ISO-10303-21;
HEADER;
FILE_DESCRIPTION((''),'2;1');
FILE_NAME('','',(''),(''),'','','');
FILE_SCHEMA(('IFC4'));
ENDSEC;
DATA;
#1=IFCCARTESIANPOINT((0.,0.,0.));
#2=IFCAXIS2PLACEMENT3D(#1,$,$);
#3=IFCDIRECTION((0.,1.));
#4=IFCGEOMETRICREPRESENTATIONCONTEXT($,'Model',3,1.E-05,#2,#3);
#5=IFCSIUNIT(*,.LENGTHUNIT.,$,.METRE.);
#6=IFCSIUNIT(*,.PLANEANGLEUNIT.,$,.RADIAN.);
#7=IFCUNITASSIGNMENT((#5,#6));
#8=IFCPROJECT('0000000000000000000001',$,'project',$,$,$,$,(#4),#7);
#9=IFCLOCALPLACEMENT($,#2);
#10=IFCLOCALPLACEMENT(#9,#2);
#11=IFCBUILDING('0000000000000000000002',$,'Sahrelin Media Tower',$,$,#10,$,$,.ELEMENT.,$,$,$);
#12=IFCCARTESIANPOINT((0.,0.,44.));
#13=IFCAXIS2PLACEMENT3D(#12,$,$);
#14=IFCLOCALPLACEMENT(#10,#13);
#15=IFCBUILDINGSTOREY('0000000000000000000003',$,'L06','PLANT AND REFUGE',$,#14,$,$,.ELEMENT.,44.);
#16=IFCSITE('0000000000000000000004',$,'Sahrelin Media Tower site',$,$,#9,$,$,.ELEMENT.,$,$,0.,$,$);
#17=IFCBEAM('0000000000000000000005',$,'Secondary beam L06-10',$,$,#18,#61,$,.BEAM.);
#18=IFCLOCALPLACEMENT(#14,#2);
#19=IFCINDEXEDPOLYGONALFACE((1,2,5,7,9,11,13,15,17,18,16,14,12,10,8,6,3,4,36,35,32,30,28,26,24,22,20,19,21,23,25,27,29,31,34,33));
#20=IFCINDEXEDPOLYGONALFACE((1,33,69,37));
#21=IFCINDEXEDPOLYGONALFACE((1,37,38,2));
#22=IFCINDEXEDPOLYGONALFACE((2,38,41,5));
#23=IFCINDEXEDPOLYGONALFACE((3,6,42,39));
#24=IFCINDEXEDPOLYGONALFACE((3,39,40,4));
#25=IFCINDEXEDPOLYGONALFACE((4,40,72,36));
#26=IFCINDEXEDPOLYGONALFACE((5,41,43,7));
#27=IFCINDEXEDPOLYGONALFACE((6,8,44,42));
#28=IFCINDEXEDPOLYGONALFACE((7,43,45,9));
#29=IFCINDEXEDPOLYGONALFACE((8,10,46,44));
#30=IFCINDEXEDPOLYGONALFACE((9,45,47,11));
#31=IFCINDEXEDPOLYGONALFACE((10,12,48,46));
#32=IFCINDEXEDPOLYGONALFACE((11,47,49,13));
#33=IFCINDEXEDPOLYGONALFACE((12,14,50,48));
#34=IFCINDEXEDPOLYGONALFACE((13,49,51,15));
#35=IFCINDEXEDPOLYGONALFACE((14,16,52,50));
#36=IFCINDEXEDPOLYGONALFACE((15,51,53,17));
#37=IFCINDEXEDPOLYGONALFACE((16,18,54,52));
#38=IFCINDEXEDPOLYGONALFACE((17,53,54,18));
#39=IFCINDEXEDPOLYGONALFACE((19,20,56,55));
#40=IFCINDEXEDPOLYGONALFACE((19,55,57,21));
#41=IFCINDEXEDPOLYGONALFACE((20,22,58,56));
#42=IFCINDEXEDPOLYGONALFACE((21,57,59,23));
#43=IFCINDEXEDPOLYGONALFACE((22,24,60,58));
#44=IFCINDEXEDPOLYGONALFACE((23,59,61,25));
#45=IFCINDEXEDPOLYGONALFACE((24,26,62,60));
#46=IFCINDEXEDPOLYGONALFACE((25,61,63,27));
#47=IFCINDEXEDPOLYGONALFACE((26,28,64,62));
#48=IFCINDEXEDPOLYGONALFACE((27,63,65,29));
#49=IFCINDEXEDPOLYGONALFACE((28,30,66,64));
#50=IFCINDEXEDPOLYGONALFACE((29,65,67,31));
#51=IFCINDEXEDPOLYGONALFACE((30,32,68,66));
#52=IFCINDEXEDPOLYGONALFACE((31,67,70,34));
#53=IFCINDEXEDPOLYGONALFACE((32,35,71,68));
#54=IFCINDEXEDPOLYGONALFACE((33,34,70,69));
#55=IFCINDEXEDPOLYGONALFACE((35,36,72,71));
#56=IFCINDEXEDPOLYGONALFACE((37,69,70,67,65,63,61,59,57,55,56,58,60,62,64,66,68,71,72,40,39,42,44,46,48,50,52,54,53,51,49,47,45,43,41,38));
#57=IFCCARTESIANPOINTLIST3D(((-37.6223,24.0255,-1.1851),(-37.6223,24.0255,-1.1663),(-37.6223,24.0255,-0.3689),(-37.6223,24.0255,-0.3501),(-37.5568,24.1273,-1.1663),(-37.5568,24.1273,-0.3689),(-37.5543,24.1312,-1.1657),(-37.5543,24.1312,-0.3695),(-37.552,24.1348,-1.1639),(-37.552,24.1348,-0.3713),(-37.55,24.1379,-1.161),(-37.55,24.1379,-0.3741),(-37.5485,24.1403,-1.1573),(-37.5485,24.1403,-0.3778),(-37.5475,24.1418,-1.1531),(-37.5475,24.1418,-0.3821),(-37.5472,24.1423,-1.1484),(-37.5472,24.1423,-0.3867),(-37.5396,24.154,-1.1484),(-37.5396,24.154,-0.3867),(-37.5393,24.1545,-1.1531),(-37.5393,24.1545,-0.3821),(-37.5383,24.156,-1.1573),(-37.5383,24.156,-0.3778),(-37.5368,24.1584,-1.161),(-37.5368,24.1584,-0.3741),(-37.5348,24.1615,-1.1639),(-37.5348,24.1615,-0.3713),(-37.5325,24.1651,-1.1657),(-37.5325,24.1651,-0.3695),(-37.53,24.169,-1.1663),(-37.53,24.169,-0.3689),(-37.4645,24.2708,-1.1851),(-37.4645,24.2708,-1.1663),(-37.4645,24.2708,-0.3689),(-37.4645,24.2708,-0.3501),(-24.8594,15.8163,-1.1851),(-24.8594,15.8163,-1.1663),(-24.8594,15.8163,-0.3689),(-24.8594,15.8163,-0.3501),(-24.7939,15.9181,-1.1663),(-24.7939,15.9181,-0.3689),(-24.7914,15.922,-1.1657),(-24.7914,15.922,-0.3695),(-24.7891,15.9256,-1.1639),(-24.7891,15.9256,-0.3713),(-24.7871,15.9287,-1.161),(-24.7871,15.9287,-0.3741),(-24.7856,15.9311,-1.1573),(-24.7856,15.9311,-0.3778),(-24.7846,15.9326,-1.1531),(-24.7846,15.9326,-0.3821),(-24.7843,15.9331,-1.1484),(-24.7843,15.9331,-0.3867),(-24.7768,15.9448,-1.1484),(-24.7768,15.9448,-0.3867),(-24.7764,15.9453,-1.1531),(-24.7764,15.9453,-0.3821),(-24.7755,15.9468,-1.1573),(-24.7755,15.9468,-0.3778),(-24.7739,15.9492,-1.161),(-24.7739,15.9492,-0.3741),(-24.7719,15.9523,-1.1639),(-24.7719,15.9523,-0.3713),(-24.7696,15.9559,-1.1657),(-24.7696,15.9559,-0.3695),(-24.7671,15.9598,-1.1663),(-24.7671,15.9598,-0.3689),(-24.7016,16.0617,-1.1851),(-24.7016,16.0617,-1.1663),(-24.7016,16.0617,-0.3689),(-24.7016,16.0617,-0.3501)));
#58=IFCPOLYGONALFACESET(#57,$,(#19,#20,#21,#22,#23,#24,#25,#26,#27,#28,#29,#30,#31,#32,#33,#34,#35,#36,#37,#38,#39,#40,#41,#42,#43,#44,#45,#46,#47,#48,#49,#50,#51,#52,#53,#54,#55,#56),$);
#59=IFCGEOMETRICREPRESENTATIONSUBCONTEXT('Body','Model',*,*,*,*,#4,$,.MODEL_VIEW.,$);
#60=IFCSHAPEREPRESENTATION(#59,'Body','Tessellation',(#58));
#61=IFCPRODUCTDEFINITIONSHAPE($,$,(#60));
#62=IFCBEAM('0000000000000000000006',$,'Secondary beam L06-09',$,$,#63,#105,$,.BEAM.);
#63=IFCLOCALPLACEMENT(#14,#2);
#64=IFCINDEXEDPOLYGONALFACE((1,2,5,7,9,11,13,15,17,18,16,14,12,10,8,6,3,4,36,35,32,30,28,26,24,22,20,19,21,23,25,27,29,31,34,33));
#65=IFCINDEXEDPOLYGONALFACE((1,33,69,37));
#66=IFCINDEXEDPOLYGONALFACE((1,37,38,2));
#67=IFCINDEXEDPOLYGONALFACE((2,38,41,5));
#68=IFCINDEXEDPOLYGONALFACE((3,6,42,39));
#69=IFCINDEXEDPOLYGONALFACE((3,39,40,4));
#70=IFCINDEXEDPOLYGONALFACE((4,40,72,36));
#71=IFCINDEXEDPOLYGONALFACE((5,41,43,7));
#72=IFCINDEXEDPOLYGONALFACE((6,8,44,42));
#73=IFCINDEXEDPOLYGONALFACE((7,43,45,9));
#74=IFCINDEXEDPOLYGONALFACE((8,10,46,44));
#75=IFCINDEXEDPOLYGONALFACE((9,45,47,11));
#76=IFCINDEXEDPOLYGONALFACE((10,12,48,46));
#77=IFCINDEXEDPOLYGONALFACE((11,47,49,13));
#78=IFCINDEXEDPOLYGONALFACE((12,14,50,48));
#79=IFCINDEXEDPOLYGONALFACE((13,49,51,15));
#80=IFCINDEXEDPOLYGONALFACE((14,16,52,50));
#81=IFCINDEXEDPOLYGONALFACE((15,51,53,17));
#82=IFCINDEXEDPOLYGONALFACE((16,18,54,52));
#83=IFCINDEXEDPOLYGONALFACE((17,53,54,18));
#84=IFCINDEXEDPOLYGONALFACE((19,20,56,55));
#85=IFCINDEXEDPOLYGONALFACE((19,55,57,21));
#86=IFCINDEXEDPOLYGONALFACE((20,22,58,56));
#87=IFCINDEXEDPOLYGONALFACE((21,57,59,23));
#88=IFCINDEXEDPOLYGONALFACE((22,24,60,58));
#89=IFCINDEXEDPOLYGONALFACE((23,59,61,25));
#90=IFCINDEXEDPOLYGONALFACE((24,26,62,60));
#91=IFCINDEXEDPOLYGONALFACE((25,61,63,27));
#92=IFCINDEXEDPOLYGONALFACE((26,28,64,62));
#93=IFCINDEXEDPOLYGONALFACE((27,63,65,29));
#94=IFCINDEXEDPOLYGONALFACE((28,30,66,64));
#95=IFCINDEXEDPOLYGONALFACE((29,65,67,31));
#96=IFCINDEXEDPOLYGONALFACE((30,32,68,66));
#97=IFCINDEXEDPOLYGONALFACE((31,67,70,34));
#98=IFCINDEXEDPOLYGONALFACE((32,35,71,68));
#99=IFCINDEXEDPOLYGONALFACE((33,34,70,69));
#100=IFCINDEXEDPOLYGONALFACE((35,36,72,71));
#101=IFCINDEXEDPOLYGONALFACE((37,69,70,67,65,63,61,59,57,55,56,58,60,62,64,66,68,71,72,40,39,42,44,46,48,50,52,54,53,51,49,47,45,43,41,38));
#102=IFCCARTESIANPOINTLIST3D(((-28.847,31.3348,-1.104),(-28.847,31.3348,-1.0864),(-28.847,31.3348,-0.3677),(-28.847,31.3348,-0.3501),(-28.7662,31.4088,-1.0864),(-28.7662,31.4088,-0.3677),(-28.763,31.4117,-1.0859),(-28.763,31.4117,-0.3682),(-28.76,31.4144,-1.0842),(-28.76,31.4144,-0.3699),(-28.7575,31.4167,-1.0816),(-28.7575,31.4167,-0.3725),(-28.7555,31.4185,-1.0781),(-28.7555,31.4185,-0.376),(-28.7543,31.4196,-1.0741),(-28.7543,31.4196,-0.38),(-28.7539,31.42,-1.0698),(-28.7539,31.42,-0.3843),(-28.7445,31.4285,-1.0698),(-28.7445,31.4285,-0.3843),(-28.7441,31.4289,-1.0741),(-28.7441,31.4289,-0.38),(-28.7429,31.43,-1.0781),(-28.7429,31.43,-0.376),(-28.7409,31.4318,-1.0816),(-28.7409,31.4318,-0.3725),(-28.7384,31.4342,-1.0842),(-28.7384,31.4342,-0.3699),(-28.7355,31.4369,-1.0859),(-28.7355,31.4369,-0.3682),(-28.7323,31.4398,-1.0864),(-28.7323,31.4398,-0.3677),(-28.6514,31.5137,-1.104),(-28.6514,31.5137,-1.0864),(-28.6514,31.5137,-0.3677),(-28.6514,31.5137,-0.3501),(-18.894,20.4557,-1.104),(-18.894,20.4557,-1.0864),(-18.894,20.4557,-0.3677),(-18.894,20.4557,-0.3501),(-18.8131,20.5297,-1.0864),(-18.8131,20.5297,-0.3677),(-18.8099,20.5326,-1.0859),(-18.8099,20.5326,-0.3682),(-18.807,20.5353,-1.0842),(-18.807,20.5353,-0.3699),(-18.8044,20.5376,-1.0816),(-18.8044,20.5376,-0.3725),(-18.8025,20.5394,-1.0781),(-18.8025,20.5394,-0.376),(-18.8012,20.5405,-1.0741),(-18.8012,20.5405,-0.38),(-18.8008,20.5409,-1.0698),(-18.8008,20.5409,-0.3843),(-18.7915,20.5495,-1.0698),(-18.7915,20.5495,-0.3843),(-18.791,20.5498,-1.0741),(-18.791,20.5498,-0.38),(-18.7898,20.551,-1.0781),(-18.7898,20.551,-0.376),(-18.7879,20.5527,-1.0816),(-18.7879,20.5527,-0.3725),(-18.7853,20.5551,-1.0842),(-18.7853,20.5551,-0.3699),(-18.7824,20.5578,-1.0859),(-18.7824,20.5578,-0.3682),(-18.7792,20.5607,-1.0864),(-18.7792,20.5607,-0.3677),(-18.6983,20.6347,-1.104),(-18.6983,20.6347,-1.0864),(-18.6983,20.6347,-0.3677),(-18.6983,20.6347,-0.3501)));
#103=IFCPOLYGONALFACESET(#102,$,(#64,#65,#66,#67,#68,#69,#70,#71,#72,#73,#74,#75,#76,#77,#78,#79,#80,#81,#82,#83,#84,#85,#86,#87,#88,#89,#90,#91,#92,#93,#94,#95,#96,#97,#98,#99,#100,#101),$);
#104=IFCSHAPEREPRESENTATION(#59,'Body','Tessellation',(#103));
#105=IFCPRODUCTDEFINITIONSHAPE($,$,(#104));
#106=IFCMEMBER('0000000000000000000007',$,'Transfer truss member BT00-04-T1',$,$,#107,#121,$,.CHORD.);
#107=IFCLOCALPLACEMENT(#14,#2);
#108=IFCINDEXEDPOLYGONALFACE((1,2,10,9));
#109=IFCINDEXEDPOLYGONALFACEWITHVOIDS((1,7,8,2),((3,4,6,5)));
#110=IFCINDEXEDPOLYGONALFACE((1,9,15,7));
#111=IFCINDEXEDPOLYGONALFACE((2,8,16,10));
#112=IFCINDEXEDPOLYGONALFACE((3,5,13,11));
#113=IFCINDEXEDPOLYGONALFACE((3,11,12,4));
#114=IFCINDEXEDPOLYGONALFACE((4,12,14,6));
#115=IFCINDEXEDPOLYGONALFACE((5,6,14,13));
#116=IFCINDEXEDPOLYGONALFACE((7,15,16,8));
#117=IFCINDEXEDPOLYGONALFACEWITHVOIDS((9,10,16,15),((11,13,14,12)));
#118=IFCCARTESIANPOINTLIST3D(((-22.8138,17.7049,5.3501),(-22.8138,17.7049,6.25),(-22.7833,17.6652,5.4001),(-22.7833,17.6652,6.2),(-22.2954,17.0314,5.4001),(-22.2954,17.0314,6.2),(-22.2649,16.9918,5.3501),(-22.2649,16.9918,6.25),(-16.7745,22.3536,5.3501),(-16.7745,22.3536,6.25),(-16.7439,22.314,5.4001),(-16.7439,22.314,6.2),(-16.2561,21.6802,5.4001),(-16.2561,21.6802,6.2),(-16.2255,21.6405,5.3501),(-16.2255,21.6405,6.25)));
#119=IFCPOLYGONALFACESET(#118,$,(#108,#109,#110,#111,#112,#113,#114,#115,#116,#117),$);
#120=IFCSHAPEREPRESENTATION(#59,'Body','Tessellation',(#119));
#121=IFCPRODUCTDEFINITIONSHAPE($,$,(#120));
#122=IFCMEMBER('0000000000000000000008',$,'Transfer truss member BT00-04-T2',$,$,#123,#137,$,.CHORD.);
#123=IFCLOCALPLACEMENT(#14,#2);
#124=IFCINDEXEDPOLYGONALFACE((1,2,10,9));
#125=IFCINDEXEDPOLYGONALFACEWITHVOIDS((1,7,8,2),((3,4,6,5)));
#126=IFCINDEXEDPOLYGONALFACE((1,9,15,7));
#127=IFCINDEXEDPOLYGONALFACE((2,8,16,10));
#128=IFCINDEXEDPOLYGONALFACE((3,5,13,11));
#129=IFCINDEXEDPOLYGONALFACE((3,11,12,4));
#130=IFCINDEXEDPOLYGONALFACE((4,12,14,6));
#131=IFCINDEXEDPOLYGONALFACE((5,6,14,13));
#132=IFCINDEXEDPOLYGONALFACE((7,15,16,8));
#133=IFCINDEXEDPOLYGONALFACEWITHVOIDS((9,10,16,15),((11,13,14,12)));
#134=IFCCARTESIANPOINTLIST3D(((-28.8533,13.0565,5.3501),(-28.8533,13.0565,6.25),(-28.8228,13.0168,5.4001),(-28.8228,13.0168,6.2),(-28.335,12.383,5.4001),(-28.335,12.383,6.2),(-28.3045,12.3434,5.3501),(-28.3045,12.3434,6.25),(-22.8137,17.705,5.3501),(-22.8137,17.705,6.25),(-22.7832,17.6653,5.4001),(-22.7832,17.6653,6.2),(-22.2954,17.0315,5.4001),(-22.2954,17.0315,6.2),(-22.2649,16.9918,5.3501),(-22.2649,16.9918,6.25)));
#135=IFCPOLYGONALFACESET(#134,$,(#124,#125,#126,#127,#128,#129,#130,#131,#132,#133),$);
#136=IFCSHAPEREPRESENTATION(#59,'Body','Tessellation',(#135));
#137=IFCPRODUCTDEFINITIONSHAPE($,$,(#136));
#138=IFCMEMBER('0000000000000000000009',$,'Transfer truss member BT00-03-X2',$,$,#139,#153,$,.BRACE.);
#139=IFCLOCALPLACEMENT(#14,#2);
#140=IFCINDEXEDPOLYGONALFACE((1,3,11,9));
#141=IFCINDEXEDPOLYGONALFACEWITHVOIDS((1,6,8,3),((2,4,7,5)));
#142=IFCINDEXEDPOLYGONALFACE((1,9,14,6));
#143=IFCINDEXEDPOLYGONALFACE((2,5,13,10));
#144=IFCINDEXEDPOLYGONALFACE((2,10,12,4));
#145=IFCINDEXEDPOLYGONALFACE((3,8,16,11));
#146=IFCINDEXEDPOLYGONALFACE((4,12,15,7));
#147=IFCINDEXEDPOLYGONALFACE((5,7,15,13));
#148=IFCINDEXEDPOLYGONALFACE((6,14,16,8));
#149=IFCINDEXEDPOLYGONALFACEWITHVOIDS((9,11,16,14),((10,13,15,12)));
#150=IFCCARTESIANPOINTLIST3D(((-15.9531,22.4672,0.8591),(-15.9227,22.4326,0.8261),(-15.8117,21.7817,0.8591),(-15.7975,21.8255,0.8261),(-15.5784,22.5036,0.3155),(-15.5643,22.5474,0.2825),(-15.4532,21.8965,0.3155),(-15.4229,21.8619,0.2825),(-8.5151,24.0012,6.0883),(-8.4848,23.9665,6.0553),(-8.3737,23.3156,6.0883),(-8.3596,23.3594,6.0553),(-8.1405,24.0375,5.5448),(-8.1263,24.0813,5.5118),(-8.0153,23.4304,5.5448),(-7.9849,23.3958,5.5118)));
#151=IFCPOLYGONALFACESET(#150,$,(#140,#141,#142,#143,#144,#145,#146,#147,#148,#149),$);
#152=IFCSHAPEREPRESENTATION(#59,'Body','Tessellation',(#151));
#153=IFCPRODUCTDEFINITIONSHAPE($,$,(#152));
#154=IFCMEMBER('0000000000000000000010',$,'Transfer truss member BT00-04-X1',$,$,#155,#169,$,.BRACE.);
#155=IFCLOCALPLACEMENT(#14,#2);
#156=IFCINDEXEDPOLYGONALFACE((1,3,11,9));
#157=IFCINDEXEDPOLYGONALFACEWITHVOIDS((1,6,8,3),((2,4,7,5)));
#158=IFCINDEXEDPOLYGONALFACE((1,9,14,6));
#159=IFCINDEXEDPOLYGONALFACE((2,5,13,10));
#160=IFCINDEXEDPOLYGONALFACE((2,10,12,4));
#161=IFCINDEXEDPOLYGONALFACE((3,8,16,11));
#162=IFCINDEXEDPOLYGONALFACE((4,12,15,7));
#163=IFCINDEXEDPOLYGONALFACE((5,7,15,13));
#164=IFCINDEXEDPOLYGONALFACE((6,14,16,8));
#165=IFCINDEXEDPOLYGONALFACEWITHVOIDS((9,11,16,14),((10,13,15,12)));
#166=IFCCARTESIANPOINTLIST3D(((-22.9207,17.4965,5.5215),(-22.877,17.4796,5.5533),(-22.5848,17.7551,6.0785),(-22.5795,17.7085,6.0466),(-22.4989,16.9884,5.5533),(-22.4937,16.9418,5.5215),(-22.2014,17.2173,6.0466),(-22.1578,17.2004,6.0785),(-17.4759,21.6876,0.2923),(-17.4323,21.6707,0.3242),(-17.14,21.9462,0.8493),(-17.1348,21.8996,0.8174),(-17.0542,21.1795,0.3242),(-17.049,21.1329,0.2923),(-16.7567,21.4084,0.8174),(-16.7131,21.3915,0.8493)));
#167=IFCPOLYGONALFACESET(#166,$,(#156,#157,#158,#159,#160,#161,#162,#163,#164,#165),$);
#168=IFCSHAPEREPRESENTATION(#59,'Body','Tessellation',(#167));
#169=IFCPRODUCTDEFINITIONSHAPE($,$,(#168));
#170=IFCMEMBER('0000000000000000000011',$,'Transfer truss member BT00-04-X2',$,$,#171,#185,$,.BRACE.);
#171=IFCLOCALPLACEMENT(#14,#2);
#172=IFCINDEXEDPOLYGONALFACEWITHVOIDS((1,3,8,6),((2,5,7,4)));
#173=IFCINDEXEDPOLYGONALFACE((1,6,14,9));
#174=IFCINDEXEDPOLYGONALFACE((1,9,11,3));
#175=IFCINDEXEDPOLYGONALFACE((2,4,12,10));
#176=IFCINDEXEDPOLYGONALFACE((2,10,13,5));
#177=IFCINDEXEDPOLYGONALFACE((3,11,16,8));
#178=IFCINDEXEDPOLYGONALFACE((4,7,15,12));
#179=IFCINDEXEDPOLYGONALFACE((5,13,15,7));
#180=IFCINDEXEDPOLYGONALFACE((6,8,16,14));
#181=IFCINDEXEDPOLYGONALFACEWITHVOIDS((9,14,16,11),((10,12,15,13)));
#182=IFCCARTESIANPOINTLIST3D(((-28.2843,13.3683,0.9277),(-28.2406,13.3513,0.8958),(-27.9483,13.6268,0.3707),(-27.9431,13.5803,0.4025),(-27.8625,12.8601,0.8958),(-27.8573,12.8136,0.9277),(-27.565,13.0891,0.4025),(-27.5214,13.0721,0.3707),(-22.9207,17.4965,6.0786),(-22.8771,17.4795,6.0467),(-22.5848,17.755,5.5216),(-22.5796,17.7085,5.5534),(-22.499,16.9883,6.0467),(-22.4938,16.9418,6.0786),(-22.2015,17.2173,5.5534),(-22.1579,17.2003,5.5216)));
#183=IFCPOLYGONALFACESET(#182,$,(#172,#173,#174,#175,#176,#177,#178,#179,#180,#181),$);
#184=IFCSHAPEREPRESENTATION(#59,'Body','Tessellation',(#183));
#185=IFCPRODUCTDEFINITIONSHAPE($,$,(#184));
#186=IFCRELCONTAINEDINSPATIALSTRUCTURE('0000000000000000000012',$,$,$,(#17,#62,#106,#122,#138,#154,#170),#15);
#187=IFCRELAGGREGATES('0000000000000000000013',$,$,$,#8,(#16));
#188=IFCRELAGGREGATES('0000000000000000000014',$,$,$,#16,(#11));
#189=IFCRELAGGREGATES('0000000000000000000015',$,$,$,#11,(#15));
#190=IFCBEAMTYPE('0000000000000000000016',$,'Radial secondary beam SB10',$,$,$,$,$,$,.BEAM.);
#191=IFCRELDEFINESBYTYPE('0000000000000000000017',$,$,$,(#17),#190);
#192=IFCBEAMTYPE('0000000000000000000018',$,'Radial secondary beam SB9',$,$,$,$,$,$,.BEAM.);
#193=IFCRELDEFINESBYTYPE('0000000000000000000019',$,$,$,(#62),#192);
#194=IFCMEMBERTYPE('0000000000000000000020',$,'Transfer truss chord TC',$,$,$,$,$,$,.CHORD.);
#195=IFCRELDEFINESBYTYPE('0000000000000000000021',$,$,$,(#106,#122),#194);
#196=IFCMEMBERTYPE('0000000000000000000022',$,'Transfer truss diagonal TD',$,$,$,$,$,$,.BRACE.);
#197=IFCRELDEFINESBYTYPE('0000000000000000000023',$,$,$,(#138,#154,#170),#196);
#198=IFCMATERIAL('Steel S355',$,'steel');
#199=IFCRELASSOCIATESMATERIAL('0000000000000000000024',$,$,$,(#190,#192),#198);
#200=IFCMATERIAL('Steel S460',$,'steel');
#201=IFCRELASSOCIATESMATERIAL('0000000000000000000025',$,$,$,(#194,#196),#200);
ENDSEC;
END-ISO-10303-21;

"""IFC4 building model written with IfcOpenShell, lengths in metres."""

from ifc_helpers import new_model, si_unit, direction, frame, origin, origin_2d, place, context, subcontext, project, spatial, hollow_rectangle, i_section, extrude, material, material_profile, profile_set, type_object, element, save


model = new_model("IFC4")

# Units and contexts
model_context = context("Model", 3, precision=1e-05, world=origin(), true_north=direction((0.0, 1.0)))
body_context = subcontext(model_context, "Body", "Model", "MODEL_VIEW")
ifc_project = project(units=[si_unit("LENGTHUNIT", "METRE"), si_unit("PLANEANGLEUNIT", "RADIAN")], contexts=[model_context])

# Site, building, storey
site_placement = place(None, origin())
site = spatial("IfcSite", under=ifc_project, at=site_placement, Name="Sahrelin Media Tower site", CompositionType="ELEMENT", RefElevation=0.0)
building_placement = place(site_placement, origin())
building = spatial("IfcBuilding", under=site, at=building_placement, Name="Sahrelin Media Tower", CompositionType="ELEMENT")
storey_placement = place(building_placement, frame((0.0, 0.0, 44.0)))
storey = spatial("IfcBuildingStorey", under=building, at=storey_placement, Name="L06", Description="PLANT AND REFUGE", CompositionType="ELEMENT", Elevation=44.0)

# Shared definitions
ifc_material_1 = material(Name="Steel S460", Category="steel")

# Beams
ifc_material_2 = material(Name="Steel S355", Category="steel")
ifc_material_profile_1 = material_profile(ifc_material_2, i_section(OverallWidth=0.2917, OverallDepth=0.835, WebThickness=0.0139, FlangeThickness=0.0188, FilletRadius=0.0178, at=origin_2d()), Name="UB 838x292x176")
ifc_profile_set_1 = profile_set([ifc_material_profile_1], Name="Steel S355")
beam_type_1 = type_object("IfcBeamType", Name="Radial secondary beam SB10", PredefinedType="BEAM", material=ifc_profile_set_1)
beam_1_placement = place(storey_placement, frame((-24.7805, 15.939, -0.7676), z_axis=(-0.841044, 0.540967, 0.0), x_axis=(-0.540967, -0.841044, 0.0)))
element("IfcBeam", 1, at=beam_1_placement, inside=storey, type_object=beam_type_1, Name="Secondary beam L06-10", PredefinedType="BEAM", context=body_context, shape_type="SweptSolid", body=[
    extrude(i_section(OverallWidth=0.2917, OverallDepth=0.835, WebThickness=0.0139, FlangeThickness=0.0188, FilletRadius=0.0178, at=origin_2d()), origin(), (0.0, 0.0, 1.0), 15.175),
])
ifc_material_profile_2 = material_profile(ifc_material_2, i_section(OverallWidth=0.2651, OverallDepth=0.7539, WebThickness=0.0127, FlangeThickness=0.0176, FilletRadius=0.0166, at=origin_2d()), Name="UB 762x267x147")
ifc_profile_set_2 = profile_set([ifc_material_profile_2], Name="Steel S355")
beam_type_2 = type_object("IfcBeamType", Name="Radial secondary beam SB9", PredefinedType="BEAM", material=ifc_profile_set_2)
beam_2_placement = place(storey_placement, frame((-18.7961, 20.5452, -0.7271), z_axis=(-0.675008, 0.73781, 0.0), x_axis=(-0.73781, -0.675008, 0.0)))
element("IfcBeam", 2, at=beam_2_placement, inside=storey, type_object=beam_type_2, Name="Secondary beam L06-09", PredefinedType="BEAM", context=body_context, shape_type="SweptSolid", body=[
    extrude(i_section(OverallWidth=0.2651, OverallDepth=0.7539, WebThickness=0.0127, FlangeThickness=0.0176, FilletRadius=0.0166, at=origin_2d()), origin(), (0.0, 0.0, 1.0), 14.7451),
])

# Members
ifc_material_profile_3 = material_profile(ifc_material_1, hollow_rectangle(XDim=0.8999, YDim=0.8999, WallThickness=0.05, at=origin_2d()), Name="Transfer truss chord TC")
ifc_profile_set_3 = profile_set([ifc_material_profile_3], Name="Steel S460")
member_type_1 = type_object("IfcMemberType", Name="Transfer truss chord TC", PredefinedType="CHORD", material=ifc_profile_set_3)
for number, where, z_axis, x_axis, name in (
    (3, (-16.5, 21.9971, 5.8), (-0.79243, -0.609963, 0.0), (0.609963, -0.79243, 0.0), "Transfer truss member BT00-04-T1"),
    (4, (-22.5393, 17.3484, 5.8), (-0.792457, -0.609927, 0.0), (0.609927, -0.792457, 0.0), "Transfer truss member BT00-04-T2"),
):
    element("IfcMember", number, at=place(storey_placement, frame(where, z_axis=z_axis, x_axis=x_axis)), inside=storey, type_object=member_type_1, Name=name, PredefinedType="CHORD", context=body_context, shape_type="SweptSolid", body=[
        extrude(hollow_rectangle(XDim=0.8999, YDim=0.8999, WallThickness=0.05, at=origin_2d()), origin(), (0.0, 0.0, 1.0), 7.6213),
    ])
ifc_material_profile_4 = material_profile(ifc_material_1, hollow_rectangle(XDim=0.7, YDim=0.7, WallThickness=0.04, at=origin_2d()), Name="Transfer truss diagonal TD")
ifc_profile_set_4 = profile_set([ifc_material_profile_4], Name="Steel S460")
member_type_2 = type_object("IfcMemberType", Name="Transfer truss diagonal TD", PredefinedType="BRACE", material=ifc_profile_set_4)
member_1_placement = place(storey_placement, frame((-15.688, 22.1646, 0.5708), z_axis=(0.80666, 0.166357, 0.567119), x_axis=(-0.201979, 0.97939, 0.0)))
element("IfcMember", 5, at=member_1_placement, inside=storey, type_object=member_type_2, Name="Transfer truss member BT00-03-X2", PredefinedType="BRACE", context=body_context, shape_type="SweptSolid", body=[
    extrude(hollow_rectangle(XDim=0.7, YDim=0.7, WallThickness=0.04, at=origin_2d()), origin(), (0.0, 0.0, 1.0), 9.2207),
])
member_2_placement = place(storey_placement, frame((-17.0945, 21.5396, 0.5708), z_axis=(-0.630579, -0.485389, 0.605613), x_axis=(0.60997, -0.792424, 0.0)))
element("IfcMember", 6, at=member_2_placement, inside=storey, type_object=member_type_2, Name="Transfer truss member BT00-04-X1", PredefinedType="BRACE", context=body_context, shape_type="SweptSolid", body=[
    extrude(hollow_rectangle(XDim=0.7, YDim=0.7, WallThickness=0.04, at=origin_2d()), origin(), (0.0, 0.0, 1.0), 8.6345),
])
member_3_placement = place(storey_placement, frame((-27.9028, 13.2202, 0.6492), z_axis=(0.630607, 0.485363, 0.605605), x_axis=(-0.609932, 0.792454, 0.0)))
element("IfcMember", 7, at=member_3_placement, inside=storey, type_object=member_type_2, Name="Transfer truss member BT00-04-X2", PredefinedType="BRACE", context=body_context, shape_type="SweptSolid", body=[
    extrude(hollow_rectangle(XDim=0.7, YDim=0.7, WallThickness=0.04, at=origin_2d()), origin(), (0.0, 0.0, 1.0), 8.5054),
])

save(model, "model.ifc")
